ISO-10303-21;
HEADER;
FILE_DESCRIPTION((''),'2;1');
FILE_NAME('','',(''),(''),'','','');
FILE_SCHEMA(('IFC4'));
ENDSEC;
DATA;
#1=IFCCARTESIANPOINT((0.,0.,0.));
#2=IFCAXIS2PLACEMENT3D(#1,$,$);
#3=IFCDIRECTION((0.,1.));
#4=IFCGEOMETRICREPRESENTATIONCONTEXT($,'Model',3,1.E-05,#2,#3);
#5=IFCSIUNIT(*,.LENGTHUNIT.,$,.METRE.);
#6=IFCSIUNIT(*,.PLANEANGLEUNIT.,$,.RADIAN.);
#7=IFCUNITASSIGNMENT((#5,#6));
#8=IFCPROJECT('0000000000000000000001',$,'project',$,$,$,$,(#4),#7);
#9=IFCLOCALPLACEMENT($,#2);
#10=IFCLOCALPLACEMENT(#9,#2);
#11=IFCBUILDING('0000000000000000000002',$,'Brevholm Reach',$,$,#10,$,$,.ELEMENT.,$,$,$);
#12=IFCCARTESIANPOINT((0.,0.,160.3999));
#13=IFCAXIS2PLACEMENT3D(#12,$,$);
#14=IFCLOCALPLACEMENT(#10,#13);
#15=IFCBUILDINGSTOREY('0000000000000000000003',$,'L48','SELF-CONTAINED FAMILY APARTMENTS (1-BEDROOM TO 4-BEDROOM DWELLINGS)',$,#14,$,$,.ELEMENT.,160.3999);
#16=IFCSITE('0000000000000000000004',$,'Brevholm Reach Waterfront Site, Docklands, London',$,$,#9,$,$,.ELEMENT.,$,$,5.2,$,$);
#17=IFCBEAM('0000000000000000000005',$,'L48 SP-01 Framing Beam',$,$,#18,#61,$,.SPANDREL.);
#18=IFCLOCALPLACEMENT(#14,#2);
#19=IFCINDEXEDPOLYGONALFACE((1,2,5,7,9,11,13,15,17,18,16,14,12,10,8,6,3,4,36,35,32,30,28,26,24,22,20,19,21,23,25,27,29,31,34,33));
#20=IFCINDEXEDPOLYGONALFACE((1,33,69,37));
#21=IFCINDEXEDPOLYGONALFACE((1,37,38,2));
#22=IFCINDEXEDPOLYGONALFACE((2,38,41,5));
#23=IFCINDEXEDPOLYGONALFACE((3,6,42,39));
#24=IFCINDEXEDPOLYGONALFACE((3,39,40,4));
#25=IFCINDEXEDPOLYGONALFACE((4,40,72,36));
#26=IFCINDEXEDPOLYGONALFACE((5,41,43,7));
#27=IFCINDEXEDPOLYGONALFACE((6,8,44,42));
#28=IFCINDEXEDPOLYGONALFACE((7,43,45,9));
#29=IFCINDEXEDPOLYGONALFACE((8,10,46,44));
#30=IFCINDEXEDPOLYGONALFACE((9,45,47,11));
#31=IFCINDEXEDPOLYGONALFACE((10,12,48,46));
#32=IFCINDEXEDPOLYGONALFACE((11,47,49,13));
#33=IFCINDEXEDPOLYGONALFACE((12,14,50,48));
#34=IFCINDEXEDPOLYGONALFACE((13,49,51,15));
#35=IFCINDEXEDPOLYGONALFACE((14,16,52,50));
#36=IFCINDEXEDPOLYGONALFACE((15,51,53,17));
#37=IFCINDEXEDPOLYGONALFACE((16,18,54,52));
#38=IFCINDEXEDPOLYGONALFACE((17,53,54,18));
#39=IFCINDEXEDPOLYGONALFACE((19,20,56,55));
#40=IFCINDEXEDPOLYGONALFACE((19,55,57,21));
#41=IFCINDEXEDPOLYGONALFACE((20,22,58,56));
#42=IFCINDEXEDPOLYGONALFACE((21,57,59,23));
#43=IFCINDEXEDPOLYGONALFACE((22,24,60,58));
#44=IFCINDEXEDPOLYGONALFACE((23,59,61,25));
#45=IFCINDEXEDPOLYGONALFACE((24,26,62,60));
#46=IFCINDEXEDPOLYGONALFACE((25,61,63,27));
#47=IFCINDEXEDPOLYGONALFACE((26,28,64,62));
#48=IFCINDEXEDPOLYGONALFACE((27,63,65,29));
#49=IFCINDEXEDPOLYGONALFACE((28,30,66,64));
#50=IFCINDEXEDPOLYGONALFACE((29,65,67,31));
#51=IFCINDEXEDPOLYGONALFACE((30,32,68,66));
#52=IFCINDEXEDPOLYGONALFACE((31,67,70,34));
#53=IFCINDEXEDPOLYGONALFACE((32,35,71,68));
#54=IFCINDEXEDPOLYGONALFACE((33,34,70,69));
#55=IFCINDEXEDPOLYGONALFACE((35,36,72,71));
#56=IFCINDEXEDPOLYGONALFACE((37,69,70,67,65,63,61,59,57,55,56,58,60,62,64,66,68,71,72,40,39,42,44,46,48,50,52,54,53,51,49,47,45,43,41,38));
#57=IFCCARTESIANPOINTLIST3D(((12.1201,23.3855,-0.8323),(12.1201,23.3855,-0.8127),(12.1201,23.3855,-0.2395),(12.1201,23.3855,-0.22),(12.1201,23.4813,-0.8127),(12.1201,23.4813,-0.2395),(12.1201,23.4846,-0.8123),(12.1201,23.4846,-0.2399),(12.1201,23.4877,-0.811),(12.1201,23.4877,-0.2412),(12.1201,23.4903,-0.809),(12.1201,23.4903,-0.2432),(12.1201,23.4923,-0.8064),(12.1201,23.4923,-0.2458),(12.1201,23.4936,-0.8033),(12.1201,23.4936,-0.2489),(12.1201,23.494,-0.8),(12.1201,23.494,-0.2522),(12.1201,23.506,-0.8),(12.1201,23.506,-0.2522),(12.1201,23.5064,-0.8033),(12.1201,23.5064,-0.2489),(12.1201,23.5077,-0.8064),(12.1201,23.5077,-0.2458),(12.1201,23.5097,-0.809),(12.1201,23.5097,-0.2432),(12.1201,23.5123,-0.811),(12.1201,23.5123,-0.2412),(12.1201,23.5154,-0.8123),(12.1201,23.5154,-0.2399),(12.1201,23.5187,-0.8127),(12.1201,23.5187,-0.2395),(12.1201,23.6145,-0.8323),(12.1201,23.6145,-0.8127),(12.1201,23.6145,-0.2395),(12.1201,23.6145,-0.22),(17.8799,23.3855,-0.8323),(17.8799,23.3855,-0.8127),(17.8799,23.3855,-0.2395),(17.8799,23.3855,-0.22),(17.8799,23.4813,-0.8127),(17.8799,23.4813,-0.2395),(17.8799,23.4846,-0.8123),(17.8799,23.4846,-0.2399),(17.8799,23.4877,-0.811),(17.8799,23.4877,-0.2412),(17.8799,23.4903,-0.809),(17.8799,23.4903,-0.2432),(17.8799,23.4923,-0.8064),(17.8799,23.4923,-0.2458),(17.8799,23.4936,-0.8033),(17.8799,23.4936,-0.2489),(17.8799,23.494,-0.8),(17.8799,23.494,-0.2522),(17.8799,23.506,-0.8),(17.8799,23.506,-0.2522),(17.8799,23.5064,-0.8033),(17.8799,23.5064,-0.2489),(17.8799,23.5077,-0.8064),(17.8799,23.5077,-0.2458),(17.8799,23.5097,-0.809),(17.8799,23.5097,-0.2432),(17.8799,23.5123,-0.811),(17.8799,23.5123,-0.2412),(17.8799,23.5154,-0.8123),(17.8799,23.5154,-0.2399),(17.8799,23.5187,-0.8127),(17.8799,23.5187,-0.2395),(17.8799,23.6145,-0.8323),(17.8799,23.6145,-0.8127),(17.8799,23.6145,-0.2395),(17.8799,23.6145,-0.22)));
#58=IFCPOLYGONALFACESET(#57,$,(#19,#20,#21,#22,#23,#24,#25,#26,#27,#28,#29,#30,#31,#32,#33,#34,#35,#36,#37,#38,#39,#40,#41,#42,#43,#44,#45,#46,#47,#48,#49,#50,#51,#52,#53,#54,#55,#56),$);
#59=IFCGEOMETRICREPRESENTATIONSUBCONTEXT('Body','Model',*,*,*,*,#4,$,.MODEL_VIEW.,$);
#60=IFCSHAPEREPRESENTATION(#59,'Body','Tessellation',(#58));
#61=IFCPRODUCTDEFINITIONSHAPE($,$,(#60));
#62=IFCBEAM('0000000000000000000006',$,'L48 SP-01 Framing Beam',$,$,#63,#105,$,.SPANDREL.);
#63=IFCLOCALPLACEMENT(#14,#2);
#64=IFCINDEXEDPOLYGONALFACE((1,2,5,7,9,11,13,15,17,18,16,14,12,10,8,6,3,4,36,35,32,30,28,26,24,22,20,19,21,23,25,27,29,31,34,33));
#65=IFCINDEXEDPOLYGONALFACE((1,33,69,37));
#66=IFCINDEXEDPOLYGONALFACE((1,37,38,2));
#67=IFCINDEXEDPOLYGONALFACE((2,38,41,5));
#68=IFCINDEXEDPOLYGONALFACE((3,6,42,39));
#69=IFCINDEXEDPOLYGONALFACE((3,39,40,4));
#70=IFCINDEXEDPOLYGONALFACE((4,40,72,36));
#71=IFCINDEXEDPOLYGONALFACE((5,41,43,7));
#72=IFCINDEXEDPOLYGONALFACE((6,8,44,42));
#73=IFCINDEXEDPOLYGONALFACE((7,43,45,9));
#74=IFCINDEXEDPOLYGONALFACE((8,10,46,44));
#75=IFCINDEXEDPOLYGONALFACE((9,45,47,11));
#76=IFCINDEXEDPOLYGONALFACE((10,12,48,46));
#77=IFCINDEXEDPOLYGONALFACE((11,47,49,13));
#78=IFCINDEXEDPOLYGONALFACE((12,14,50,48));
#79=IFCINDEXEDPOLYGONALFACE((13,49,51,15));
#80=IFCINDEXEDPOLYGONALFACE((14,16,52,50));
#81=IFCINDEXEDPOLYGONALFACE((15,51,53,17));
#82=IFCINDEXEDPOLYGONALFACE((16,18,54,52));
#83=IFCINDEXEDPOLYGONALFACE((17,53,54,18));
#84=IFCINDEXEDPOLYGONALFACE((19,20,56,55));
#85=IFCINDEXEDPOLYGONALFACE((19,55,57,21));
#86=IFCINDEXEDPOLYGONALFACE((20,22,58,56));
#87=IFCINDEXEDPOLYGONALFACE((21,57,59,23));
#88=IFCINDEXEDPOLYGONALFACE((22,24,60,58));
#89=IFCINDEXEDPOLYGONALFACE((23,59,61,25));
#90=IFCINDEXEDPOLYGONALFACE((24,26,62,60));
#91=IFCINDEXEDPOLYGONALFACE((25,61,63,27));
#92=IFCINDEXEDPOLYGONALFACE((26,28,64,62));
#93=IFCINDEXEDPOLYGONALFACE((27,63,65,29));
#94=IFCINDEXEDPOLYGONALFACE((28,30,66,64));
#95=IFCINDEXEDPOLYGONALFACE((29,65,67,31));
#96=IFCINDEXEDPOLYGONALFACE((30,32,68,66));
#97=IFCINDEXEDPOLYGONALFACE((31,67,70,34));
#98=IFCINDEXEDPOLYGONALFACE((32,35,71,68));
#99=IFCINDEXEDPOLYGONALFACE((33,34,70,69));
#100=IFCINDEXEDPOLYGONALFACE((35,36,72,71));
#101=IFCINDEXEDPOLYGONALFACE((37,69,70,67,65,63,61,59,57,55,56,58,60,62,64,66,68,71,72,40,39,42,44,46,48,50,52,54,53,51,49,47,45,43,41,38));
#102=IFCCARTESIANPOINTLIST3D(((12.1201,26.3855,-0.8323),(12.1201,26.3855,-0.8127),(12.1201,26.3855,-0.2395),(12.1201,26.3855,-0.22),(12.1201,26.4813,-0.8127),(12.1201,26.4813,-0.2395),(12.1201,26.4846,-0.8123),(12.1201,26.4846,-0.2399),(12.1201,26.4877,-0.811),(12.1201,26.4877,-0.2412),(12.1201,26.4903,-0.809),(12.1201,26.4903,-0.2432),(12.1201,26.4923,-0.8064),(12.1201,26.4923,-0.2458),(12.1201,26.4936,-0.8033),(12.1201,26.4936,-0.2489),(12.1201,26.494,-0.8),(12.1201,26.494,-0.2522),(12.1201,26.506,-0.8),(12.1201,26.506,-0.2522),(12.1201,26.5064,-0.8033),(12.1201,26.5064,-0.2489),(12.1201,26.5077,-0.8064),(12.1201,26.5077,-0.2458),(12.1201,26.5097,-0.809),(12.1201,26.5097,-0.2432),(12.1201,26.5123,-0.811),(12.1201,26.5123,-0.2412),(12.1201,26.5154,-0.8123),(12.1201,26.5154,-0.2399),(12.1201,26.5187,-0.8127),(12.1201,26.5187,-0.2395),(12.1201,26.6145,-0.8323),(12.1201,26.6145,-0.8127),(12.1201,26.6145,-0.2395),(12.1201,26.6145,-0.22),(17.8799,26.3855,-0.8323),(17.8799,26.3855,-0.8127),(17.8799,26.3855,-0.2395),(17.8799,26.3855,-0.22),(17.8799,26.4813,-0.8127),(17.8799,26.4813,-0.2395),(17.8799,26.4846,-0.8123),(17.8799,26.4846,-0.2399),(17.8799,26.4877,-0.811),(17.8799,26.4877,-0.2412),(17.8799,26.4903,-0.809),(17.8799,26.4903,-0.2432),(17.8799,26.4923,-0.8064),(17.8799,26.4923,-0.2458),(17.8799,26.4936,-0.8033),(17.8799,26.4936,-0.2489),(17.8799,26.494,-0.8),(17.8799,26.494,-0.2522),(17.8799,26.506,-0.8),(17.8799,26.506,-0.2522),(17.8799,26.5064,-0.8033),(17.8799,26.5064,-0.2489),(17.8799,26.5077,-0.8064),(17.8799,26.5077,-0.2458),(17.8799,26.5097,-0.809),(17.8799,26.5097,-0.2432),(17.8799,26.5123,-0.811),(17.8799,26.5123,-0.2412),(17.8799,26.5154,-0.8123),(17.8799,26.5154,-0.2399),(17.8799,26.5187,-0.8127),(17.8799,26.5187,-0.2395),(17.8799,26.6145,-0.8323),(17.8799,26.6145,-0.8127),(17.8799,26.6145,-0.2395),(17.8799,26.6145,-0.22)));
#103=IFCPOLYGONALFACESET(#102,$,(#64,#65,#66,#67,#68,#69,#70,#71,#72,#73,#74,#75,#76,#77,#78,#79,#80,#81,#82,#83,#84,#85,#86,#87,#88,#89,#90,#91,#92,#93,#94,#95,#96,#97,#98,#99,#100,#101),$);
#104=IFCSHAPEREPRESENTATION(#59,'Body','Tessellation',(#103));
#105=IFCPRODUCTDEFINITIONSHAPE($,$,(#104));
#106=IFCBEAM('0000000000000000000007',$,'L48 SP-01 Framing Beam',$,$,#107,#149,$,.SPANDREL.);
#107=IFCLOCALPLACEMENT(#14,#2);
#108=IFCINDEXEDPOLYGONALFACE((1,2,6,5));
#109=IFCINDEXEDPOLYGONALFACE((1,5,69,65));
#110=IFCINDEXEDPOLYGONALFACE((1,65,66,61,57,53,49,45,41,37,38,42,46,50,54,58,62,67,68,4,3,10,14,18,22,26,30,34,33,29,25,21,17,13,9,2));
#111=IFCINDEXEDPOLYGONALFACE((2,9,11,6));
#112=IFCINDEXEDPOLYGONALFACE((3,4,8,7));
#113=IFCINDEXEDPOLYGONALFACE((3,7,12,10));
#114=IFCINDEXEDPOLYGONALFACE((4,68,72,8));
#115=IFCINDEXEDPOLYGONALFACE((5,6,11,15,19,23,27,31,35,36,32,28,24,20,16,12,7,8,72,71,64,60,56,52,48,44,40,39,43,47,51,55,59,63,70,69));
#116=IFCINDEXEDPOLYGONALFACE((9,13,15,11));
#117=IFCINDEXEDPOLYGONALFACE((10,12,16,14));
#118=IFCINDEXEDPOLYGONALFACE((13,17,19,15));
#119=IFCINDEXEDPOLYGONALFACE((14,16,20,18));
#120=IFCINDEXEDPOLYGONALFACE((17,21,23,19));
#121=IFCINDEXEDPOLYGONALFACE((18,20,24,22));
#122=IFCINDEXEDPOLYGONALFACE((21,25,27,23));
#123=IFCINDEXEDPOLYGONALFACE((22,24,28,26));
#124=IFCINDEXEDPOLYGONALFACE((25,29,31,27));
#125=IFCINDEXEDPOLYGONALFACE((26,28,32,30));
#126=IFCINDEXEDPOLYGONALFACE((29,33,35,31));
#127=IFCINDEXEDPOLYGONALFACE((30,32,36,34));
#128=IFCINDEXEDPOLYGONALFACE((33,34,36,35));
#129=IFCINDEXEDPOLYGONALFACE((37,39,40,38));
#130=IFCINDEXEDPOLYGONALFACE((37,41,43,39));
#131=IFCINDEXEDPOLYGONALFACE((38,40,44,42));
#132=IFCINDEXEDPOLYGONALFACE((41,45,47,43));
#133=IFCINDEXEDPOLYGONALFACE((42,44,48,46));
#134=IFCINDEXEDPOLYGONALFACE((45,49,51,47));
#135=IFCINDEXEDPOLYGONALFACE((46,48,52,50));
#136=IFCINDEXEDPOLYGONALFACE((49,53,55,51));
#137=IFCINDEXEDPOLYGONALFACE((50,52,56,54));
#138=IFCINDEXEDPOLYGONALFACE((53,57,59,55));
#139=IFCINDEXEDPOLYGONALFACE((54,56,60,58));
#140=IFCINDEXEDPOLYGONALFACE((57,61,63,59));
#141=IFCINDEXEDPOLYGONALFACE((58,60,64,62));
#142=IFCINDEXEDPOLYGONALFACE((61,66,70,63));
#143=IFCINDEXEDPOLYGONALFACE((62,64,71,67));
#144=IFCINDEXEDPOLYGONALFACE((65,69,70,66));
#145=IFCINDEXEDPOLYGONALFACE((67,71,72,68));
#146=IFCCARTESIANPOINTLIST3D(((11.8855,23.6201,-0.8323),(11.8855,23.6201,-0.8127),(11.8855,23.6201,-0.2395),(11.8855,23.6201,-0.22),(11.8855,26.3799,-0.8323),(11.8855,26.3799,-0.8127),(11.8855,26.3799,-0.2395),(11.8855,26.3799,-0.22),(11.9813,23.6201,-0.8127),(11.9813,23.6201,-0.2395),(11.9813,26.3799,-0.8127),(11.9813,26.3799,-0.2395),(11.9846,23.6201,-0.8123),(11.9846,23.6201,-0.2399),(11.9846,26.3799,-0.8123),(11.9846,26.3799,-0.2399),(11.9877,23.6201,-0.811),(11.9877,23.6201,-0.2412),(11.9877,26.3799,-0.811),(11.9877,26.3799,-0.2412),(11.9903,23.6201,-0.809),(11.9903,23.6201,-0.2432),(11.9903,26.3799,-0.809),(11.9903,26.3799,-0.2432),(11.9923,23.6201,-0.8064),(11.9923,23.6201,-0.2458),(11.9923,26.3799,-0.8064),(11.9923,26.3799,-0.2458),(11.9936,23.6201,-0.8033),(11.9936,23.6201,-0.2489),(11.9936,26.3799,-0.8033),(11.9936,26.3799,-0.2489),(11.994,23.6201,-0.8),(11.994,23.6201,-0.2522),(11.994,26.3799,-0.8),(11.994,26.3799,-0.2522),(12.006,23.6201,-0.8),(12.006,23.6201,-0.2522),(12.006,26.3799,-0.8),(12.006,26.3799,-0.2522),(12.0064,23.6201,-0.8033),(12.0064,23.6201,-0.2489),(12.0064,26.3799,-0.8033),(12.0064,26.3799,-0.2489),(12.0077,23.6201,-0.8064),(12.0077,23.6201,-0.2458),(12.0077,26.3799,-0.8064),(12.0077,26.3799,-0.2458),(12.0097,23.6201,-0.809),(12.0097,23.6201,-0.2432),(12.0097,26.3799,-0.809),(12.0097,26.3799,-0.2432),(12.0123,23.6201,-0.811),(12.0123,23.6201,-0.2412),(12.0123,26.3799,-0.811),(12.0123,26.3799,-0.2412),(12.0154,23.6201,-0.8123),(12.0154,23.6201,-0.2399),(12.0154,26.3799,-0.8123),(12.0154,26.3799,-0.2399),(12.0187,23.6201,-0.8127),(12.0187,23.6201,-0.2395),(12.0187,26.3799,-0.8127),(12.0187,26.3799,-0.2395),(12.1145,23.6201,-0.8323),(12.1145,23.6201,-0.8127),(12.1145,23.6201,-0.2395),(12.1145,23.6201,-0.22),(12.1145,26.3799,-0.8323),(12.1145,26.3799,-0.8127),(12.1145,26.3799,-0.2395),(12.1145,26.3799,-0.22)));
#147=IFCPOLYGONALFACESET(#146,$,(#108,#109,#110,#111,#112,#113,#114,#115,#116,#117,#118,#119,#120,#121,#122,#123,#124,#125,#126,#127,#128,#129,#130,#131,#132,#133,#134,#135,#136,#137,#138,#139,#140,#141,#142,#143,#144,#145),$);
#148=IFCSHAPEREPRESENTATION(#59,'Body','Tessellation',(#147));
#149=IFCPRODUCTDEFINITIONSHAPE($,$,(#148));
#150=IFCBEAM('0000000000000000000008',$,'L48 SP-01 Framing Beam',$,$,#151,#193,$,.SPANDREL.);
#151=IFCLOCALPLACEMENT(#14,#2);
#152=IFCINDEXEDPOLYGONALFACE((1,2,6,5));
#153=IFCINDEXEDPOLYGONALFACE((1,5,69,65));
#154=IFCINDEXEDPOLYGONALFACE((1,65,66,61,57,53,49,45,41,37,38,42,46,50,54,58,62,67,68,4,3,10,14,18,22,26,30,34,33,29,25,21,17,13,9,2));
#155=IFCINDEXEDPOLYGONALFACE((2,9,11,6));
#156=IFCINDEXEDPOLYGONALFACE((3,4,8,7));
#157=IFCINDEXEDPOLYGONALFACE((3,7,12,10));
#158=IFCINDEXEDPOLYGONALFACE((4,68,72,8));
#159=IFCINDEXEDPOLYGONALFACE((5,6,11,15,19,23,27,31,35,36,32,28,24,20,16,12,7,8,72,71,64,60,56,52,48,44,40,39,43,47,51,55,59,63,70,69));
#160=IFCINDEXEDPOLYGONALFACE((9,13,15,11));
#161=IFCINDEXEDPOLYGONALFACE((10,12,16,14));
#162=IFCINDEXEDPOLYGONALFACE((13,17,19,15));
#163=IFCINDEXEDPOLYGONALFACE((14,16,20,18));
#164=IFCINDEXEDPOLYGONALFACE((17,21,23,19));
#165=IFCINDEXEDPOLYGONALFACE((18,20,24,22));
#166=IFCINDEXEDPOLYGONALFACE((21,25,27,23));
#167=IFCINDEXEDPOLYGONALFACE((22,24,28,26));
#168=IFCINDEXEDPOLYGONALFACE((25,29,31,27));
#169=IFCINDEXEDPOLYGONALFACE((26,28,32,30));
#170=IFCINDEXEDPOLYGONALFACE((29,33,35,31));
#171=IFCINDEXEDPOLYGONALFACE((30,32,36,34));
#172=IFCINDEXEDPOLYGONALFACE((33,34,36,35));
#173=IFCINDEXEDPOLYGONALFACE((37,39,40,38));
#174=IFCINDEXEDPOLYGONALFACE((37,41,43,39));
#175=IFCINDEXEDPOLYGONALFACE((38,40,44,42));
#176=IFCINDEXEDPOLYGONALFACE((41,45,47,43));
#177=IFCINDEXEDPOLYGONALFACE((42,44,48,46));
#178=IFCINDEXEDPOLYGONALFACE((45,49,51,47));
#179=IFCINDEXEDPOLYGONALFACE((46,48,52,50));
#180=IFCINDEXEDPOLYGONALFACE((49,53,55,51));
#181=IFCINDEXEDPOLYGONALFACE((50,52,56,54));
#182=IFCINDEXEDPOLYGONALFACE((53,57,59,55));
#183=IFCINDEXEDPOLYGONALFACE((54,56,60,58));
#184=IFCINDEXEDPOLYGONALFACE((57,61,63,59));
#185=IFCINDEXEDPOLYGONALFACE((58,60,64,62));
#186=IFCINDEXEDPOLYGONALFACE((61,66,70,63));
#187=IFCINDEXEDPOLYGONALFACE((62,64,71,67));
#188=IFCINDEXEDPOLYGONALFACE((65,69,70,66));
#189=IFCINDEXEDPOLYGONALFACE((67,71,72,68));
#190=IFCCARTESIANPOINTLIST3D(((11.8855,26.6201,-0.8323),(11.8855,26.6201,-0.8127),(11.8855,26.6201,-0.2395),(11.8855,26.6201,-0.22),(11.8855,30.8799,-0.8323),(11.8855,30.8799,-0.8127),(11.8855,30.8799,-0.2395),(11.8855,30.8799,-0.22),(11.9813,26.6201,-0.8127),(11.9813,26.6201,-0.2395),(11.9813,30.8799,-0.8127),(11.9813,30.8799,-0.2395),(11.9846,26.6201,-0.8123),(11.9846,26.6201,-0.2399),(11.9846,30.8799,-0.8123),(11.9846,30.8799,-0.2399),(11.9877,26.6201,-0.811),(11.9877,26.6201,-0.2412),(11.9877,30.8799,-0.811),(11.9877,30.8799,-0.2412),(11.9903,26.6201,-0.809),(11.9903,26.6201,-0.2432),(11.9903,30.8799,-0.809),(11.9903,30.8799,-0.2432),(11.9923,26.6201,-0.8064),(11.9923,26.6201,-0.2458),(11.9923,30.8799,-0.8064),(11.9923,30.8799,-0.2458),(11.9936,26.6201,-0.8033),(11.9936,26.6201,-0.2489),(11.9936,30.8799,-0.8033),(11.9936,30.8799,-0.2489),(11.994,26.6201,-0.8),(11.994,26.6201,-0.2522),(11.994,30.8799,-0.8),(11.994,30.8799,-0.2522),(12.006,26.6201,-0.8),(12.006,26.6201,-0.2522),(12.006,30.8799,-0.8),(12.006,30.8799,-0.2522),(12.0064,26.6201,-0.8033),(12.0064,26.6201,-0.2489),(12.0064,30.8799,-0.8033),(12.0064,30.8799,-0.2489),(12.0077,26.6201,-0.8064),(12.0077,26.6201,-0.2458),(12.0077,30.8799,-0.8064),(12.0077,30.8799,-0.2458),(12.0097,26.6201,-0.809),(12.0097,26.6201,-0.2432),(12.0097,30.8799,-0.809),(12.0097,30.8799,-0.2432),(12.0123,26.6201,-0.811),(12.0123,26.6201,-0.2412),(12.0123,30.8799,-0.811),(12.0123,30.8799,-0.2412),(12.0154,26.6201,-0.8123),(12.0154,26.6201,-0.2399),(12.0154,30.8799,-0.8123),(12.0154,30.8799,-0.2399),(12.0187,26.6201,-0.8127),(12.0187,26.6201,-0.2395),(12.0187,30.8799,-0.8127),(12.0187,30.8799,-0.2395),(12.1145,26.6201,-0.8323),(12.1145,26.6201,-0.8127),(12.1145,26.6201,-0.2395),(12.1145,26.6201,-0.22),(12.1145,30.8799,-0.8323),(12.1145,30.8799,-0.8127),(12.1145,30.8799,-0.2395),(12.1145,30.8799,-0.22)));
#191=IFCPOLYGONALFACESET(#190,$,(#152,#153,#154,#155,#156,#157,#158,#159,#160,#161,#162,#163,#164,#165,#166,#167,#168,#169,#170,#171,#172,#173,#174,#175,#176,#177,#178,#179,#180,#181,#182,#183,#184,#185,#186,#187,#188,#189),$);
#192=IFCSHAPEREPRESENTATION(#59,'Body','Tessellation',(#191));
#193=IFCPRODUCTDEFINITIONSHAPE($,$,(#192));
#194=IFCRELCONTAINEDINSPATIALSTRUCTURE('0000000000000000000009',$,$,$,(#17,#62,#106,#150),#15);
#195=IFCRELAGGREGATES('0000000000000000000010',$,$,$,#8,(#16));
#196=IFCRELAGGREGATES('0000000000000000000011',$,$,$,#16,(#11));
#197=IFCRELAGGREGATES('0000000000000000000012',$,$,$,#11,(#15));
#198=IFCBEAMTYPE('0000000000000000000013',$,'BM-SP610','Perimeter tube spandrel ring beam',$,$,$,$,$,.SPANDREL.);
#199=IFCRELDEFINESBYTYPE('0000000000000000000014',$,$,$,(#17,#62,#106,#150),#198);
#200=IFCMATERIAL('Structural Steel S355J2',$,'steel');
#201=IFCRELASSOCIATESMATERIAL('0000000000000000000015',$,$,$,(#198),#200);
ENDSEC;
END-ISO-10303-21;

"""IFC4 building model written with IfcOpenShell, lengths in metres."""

from ifc_helpers import new_model, si_unit, direction, frame, origin, origin_2d, place, context, subcontext, project, spatial, i_section, extrude, material, material_profile, profile_set, type_object, element, save


model = new_model("IFC4")

# Units and contexts
model_context = context("Model", 3, precision=1e-05, world=origin(), true_north=direction((0.0, 1.0)))
body_context = subcontext(model_context, "Body", "Model", "MODEL_VIEW")
ifc_project = project(units=[si_unit("LENGTHUNIT", "METRE"), si_unit("PLANEANGLEUNIT", "RADIAN")], contexts=[model_context])

# Site, building, storey
site_placement = place(None, origin())
site = spatial("IfcSite", under=ifc_project, at=site_placement, Name="Brevholm Reach Waterfront Site, Docklands, London", CompositionType="ELEMENT", RefElevation=5.2)
building_placement = place(site_placement, origin())
building = spatial("IfcBuilding", under=site, at=building_placement, Name="Brevholm Reach", CompositionType="ELEMENT")
storey_placement = place(building_placement, frame((0.0, 0.0, 160.3999)))
storey = spatial("IfcBuildingStorey", under=building, at=storey_placement, Name="L48", Description="SELF-CONTAINED FAMILY APARTMENTS (1-BEDROOM TO 4-BEDROOM DWELLINGS)", CompositionType="ELEMENT", Elevation=160.3999)

# Beams
ifc_material_1 = material(Name="Structural Steel S355J2", Category="steel")
ifc_material_profile_1 = material_profile(ifc_material_1, i_section(OverallWidth=0.229, OverallDepth=0.6123, WebThickness=0.012, FlangeThickness=0.0195, FilletRadius=0.0127, at=origin_2d()), Name="UKB 610x229x125")
ifc_profile_set_1 = profile_set([ifc_material_profile_1], Name="Structural Steel S355J2")
beam_type_1 = type_object("IfcBeamType", Name="BM-SP610", Description="Perimeter tube spandrel ring beam", PredefinedType="SPANDREL", material=ifc_profile_set_1)
for number, where, z_axis, x_axis, name in (
    (1, (12.1201, 23.5, -0.5261), (1.0, 0.0, 0.0), (0.0, 1.0, 0.0), "L48 SP-01 Framing Beam"),
    (2, (12.1201, 26.5, -0.5261), (1.0, 0.0, 0.0), (0.0, 1.0, 0.0), "L48 SP-01 Framing Beam"),
):
    element("IfcBeam", number, at=place(storey_placement, frame(where, z_axis=z_axis, x_axis=x_axis)), inside=storey, type_object=beam_type_1, Name=name, PredefinedType="SPANDREL", context=body_context, shape_type="SweptSolid", body=[
        extrude(i_section(OverallWidth=0.229, OverallDepth=0.6123, WebThickness=0.012, FlangeThickness=0.0195, FilletRadius=0.0127, at=origin_2d()), origin(), (0.0, 0.0, 1.0), 5.7598),
    ])
beam_1_placement = place(storey_placement, frame((12.0, 23.6201, -0.5261), z_axis=(0.0, 1.0, 0.0), x_axis=(-1.0, 0.0, 0.0)))
element("IfcBeam", 3, at=beam_1_placement, inside=storey, type_object=beam_type_1, Name="L48 SP-01 Framing Beam", PredefinedType="SPANDREL", context=body_context, shape_type="SweptSolid", body=[
    extrude(i_section(OverallWidth=0.229, OverallDepth=0.6123, WebThickness=0.012, FlangeThickness=0.0195, FilletRadius=0.0127, at=origin_2d()), origin(), (0.0, 0.0, 1.0), 2.7598),
])
beam_2_placement = place(storey_placement, frame((12.0, 26.6201, -0.5261), z_axis=(0.0, 1.0, 0.0), x_axis=(-1.0, 0.0, 0.0)))
element("IfcBeam", 4, at=beam_2_placement, inside=storey, type_object=beam_type_1, Name="L48 SP-01 Framing Beam", PredefinedType="SPANDREL", context=body_context, shape_type="SweptSolid", body=[
    extrude(i_section(OverallWidth=0.229, OverallDepth=0.6123, WebThickness=0.012, FlangeThickness=0.0195, FilletRadius=0.0127, at=origin_2d()), origin(), (0.0, 0.0, 1.0), 4.2598),
])

save(model, "model.ifc")
